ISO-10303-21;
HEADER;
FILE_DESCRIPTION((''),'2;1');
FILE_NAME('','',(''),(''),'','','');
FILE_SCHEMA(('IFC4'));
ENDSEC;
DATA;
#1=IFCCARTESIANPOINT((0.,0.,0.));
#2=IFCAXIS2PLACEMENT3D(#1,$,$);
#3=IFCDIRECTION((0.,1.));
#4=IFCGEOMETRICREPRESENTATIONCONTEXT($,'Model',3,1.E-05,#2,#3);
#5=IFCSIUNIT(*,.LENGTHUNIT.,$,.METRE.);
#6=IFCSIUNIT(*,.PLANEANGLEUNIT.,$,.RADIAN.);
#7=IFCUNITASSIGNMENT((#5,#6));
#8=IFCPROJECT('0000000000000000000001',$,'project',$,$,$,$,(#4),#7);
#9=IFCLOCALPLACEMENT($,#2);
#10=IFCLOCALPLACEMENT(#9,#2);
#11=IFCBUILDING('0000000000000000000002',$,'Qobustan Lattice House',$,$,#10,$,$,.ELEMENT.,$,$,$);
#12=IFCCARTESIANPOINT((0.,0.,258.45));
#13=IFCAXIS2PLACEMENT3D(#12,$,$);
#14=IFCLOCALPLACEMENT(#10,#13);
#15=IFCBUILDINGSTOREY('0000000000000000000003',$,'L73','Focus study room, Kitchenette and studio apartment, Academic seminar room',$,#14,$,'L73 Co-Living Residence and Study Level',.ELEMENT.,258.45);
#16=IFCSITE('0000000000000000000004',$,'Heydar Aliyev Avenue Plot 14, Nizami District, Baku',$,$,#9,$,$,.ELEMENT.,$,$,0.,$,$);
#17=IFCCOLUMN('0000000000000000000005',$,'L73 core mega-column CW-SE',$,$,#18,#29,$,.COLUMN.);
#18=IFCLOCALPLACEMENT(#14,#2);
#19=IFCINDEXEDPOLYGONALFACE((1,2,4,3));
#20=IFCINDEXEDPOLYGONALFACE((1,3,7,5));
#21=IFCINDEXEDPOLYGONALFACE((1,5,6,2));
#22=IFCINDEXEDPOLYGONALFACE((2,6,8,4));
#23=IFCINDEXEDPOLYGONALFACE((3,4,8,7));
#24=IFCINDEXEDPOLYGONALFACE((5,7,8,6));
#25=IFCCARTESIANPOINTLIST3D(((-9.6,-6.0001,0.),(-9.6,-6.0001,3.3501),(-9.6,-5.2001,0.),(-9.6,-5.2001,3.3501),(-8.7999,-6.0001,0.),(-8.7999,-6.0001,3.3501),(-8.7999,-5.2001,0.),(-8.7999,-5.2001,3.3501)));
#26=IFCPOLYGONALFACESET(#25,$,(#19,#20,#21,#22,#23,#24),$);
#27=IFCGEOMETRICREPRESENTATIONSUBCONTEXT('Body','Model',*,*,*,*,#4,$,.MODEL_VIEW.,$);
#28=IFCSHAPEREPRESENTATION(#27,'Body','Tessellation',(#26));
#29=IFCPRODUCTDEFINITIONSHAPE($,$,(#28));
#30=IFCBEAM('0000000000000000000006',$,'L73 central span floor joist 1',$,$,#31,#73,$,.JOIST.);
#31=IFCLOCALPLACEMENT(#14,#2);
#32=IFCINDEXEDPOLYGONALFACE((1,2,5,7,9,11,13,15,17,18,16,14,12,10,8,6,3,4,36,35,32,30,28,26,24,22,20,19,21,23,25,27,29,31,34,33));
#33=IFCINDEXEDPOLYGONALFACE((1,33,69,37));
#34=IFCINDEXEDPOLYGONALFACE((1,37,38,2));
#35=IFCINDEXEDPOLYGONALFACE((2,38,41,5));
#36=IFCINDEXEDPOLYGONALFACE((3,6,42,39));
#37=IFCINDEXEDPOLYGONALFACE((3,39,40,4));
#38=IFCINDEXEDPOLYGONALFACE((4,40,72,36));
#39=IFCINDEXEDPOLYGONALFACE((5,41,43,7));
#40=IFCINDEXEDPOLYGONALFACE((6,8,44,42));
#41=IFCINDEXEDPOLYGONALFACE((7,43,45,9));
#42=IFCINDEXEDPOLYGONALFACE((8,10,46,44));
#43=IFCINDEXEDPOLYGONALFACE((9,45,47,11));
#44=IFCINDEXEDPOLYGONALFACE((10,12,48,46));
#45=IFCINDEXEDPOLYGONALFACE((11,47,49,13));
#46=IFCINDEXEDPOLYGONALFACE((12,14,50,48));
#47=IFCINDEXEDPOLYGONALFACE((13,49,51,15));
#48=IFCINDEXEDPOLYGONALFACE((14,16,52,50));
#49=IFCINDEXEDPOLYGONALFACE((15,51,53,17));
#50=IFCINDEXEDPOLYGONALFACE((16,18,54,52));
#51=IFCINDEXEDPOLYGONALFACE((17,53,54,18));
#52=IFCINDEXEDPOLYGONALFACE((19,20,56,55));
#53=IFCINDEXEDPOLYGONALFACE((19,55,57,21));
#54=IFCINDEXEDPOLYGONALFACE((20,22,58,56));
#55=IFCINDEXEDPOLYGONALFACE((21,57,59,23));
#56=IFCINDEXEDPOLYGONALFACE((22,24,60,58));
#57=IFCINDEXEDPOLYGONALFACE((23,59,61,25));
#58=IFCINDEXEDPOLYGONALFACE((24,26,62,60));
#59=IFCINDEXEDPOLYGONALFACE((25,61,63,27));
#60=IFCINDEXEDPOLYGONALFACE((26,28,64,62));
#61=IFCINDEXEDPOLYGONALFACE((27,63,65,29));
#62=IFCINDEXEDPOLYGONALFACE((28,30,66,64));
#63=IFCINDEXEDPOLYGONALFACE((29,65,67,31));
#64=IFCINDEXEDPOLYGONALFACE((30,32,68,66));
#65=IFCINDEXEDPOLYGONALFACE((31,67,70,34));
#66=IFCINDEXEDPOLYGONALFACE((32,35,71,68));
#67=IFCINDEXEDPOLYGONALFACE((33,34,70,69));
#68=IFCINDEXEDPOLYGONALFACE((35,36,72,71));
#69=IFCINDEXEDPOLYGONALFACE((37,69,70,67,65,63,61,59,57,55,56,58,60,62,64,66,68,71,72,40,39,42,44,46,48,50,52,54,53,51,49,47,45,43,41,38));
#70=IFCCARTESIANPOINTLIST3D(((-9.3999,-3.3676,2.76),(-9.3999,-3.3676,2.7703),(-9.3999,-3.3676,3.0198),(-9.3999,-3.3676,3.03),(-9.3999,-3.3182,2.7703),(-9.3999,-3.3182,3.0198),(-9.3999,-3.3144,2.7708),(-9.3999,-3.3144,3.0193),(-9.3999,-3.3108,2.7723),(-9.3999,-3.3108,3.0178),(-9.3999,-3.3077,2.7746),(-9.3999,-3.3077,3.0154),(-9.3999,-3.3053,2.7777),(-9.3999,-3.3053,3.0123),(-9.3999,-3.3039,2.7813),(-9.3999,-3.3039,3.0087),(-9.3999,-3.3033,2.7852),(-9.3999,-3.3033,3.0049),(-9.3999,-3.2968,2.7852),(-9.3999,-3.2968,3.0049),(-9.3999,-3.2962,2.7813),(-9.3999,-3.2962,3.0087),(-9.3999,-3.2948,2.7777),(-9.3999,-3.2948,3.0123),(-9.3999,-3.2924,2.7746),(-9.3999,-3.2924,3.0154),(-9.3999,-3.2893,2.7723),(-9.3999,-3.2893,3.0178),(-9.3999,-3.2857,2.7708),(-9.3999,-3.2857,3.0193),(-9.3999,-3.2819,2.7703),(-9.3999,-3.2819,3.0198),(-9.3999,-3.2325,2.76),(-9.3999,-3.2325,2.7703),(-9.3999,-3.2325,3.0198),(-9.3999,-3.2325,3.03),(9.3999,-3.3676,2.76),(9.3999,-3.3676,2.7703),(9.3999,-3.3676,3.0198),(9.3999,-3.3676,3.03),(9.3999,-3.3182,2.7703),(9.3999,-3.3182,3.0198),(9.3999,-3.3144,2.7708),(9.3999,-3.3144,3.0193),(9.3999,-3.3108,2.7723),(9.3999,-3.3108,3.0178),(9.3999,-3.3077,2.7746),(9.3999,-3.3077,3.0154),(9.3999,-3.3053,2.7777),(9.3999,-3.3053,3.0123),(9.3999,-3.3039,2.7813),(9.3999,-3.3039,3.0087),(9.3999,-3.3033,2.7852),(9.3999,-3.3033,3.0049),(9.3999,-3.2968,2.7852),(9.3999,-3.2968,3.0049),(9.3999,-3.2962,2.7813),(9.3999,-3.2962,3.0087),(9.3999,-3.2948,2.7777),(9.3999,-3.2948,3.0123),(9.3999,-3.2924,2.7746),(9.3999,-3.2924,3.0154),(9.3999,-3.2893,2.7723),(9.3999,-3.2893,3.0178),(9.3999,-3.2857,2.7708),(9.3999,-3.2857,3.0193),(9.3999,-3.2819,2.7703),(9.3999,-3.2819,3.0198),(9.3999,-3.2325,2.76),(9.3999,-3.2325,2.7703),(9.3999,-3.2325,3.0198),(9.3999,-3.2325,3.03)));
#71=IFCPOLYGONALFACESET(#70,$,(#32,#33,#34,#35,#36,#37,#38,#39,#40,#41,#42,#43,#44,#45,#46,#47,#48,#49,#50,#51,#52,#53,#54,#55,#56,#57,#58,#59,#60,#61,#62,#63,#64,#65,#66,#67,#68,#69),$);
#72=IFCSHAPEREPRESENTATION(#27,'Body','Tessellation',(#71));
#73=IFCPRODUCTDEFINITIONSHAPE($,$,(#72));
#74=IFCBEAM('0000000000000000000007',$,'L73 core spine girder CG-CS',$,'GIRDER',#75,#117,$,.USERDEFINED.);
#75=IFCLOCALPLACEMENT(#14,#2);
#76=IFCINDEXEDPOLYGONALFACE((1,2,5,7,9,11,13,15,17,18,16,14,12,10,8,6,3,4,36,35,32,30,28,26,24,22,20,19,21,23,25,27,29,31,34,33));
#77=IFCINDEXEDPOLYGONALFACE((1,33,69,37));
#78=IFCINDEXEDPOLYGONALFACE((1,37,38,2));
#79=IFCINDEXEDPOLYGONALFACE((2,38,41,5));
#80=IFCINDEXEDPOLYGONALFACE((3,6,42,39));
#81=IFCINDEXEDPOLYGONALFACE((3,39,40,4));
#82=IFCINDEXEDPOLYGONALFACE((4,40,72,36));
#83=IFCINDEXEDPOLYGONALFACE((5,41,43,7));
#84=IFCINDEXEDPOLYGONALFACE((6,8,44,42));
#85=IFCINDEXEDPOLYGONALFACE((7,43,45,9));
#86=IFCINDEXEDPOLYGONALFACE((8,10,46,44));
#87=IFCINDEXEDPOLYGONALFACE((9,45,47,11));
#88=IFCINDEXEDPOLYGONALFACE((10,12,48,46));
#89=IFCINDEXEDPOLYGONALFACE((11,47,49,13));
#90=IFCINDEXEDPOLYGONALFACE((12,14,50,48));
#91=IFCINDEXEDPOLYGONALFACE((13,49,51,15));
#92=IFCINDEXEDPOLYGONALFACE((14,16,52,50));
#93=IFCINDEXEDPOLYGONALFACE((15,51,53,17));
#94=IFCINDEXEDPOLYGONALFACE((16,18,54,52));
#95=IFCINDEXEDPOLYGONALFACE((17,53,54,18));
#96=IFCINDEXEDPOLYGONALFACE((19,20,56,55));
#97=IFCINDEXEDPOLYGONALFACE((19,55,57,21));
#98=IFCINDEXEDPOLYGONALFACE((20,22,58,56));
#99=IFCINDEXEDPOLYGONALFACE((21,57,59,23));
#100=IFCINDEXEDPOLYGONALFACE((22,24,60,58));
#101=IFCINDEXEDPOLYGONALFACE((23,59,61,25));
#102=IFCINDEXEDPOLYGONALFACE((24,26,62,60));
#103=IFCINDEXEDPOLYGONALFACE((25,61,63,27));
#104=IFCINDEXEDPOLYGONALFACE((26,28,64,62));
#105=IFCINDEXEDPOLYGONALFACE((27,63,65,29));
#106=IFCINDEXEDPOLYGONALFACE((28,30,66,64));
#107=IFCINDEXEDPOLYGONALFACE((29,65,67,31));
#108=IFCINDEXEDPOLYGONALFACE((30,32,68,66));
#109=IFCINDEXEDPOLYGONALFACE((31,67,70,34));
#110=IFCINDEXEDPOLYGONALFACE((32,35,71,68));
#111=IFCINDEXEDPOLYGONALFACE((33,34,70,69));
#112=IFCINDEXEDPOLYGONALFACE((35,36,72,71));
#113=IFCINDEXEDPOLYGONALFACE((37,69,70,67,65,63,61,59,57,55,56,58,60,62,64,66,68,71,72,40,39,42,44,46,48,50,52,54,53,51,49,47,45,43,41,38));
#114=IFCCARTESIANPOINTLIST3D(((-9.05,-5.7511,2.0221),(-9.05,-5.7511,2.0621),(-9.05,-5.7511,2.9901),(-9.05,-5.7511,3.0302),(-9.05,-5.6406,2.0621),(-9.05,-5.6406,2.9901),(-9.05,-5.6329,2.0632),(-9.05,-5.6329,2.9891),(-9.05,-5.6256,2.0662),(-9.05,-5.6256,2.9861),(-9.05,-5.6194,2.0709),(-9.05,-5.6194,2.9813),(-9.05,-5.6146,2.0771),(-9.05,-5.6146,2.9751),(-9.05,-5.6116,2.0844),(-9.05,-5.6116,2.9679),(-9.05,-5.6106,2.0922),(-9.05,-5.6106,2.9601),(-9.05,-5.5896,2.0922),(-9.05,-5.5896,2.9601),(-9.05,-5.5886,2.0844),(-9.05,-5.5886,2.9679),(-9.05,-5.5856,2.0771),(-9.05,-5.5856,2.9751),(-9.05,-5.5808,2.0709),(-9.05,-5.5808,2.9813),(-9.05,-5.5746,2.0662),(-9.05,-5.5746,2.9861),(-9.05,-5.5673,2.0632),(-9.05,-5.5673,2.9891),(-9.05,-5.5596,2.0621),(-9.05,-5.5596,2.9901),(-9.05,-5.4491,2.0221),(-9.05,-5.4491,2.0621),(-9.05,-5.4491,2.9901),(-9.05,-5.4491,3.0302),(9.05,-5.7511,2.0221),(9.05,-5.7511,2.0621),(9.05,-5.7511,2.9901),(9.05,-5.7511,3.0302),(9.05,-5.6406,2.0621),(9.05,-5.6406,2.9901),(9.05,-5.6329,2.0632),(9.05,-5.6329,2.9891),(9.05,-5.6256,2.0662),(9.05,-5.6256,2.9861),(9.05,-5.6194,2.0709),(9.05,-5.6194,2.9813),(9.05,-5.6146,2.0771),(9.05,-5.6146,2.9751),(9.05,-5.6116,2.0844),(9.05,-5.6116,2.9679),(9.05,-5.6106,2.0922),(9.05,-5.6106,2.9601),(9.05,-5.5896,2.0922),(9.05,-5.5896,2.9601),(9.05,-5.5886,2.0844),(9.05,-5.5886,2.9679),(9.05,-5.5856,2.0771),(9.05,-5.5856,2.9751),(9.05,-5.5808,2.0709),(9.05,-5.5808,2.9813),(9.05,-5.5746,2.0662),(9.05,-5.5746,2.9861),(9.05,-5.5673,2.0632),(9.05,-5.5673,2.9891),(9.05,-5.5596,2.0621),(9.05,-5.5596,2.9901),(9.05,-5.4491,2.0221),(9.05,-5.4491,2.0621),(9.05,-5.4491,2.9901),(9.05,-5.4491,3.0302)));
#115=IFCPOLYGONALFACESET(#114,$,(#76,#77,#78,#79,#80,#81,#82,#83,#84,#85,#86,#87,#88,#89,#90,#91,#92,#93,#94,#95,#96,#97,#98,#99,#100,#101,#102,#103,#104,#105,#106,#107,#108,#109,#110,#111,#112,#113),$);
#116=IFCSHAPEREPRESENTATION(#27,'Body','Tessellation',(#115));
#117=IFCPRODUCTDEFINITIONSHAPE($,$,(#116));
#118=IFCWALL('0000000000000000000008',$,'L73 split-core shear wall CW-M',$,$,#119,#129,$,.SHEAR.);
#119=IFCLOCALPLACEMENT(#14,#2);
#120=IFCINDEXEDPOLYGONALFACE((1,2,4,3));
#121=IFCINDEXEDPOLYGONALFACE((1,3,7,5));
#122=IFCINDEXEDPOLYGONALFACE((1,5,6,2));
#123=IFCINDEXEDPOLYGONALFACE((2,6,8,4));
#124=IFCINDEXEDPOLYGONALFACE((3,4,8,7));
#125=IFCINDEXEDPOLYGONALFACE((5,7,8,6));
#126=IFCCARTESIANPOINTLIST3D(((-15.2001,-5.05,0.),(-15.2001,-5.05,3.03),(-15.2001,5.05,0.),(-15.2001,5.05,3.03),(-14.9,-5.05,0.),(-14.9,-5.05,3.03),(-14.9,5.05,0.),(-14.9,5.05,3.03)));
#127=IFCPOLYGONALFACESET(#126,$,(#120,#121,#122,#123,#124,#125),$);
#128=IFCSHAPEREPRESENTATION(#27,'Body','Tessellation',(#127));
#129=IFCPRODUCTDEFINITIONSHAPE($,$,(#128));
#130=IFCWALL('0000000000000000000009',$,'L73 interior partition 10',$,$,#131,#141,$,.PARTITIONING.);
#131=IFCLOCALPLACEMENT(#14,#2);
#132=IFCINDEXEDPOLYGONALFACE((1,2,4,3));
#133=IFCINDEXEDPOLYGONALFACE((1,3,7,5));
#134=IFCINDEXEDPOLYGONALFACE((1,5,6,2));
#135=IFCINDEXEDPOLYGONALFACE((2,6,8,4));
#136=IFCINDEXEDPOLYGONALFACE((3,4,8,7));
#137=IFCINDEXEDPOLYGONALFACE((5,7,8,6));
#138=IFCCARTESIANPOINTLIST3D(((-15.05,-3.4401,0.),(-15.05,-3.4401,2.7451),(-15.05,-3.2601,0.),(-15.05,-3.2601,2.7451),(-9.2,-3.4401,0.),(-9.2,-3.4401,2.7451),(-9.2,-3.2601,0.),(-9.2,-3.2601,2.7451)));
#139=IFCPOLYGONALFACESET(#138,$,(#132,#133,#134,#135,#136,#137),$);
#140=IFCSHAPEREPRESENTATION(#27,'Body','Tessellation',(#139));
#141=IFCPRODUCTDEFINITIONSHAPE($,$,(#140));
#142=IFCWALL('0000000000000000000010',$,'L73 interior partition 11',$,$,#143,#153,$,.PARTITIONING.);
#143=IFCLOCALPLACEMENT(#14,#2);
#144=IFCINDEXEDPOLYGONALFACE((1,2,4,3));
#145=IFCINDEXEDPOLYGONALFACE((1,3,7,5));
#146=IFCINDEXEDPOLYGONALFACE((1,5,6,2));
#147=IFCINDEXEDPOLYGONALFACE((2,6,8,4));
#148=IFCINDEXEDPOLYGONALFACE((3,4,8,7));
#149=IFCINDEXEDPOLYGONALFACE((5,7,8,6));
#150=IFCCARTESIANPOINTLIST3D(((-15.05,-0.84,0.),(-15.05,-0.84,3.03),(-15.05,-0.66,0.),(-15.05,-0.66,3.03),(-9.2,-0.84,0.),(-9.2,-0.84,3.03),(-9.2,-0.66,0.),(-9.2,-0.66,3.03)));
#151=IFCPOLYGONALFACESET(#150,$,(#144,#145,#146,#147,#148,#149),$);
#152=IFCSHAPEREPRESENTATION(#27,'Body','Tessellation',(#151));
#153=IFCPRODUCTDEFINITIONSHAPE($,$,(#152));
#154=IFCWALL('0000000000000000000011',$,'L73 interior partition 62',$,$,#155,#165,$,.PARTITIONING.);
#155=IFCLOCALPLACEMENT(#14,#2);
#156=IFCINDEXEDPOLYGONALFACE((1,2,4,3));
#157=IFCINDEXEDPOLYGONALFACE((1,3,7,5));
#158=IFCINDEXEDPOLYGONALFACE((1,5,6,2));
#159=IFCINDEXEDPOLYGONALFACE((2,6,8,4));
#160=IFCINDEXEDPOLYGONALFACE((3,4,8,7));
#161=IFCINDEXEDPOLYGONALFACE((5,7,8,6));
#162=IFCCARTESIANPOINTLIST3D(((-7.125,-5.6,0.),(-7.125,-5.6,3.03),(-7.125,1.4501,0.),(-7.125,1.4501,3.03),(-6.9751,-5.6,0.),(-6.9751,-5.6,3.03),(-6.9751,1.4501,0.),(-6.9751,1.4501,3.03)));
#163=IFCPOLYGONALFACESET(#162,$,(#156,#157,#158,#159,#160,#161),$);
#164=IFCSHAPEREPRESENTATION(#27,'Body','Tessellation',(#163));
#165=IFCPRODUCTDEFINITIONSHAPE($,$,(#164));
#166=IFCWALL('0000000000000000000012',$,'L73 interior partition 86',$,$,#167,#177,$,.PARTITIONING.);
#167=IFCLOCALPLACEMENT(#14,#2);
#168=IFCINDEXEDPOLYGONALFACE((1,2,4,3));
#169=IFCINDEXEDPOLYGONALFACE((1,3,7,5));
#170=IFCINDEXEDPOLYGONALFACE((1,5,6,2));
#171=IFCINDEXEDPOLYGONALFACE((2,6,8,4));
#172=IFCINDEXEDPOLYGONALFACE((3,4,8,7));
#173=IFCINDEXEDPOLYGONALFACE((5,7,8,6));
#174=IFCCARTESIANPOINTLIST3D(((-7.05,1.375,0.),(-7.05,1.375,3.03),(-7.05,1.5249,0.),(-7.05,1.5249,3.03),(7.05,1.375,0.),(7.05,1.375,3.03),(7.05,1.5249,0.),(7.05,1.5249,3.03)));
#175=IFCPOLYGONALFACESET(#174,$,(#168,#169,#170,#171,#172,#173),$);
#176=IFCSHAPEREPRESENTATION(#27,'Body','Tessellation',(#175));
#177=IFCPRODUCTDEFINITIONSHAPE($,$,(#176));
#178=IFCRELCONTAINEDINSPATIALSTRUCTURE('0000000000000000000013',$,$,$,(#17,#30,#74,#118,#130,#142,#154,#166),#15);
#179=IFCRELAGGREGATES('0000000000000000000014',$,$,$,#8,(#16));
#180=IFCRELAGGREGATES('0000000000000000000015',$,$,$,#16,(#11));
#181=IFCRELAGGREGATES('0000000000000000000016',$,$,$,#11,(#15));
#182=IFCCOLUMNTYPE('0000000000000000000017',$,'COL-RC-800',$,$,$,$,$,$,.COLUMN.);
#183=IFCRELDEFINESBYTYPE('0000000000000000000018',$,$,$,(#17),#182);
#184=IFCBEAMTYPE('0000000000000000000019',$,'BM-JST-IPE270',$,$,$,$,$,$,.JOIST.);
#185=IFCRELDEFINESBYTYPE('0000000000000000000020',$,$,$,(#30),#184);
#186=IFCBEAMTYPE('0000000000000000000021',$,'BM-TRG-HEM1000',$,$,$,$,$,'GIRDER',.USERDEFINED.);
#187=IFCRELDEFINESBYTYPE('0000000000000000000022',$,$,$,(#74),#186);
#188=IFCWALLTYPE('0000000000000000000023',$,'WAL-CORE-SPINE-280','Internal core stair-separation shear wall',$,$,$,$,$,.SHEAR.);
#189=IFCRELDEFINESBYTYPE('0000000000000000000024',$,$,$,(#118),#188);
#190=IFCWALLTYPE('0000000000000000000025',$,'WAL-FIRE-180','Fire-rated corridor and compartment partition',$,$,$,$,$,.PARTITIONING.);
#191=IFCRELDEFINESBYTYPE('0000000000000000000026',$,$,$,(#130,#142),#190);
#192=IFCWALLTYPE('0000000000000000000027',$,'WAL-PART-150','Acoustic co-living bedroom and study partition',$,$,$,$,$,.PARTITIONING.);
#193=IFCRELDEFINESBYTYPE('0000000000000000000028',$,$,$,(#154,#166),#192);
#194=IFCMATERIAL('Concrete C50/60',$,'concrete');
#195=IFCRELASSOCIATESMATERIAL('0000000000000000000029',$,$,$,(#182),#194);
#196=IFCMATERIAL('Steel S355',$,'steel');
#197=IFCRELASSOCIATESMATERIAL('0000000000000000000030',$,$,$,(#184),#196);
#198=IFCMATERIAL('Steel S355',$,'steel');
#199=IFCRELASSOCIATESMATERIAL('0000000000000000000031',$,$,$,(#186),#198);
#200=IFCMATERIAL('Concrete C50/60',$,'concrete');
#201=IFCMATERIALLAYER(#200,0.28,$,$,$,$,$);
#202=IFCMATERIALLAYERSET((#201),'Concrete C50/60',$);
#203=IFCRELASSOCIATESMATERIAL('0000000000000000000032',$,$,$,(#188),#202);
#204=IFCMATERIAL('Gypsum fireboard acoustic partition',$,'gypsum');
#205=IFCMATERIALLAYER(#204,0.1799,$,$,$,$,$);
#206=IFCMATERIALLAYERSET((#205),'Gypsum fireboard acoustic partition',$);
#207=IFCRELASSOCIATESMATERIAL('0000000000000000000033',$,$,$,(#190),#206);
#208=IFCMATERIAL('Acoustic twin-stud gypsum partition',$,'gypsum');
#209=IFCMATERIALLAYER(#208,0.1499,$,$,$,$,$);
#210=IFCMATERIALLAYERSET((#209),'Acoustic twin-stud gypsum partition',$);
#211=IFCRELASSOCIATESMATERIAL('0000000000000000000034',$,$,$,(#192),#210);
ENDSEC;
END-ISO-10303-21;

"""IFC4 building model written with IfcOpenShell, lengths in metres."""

from ifc_helpers import new_model, si_unit, direction, frame, frame_2d, origin, origin_2d, place, context, subcontext, project, spatial, rectangle, i_section, extrude, material, layer, layer_set, material_profile, profile_set, type_object, element, save


model = new_model("IFC4")

# Units and contexts
model_context = context("Model", 3, precision=1e-05, world=origin(), true_north=direction((0.0, 1.0)))
body_context = subcontext(model_context, "Body", "Model", "MODEL_VIEW")
ifc_project = project(units=[si_unit("LENGTHUNIT", "METRE"), si_unit("PLANEANGLEUNIT", "RADIAN")], contexts=[model_context])

# Site, building, storey
site_placement = place(None, origin())
site = spatial("IfcSite", under=ifc_project, at=site_placement, Name="Heydar Aliyev Avenue Plot 14, Nizami District, Baku", CompositionType="ELEMENT", RefElevation=0.0)
building_placement = place(site_placement, origin())
building = spatial("IfcBuilding", under=site, at=building_placement, Name="Qobustan Lattice House", CompositionType="ELEMENT")
storey_placement = place(building_placement, frame((0.0, 0.0, 258.45)))
storey = spatial("IfcBuildingStorey", under=building, at=storey_placement, Name="L73", Description="Focus study room, Kitchenette and studio apartment, Academic seminar room", LongName="L73 Co-Living Residence and Study Level", CompositionType="ELEMENT", Elevation=258.45)

# Column
ifc_material_1 = material(Name="Concrete C50/60", Category="concrete")
ifc_material_profile_1 = material_profile(ifc_material_1, rectangle(XDim=0.8, YDim=0.8, at=origin_2d()), Name="RC800x800")
ifc_profile_set_1 = profile_set([ifc_material_profile_1], Name="Concrete C50/60")
column_type = type_object("IfcColumnType", Name="COL-RC-800", PredefinedType="COLUMN", material=ifc_profile_set_1)
column_placement = place(storey_placement, frame((-9.2, -5.6001, 0.0), z_axis=(0.0, 0.0, 1.0), x_axis=(1.0, 0.0, 0.0)))
element("IfcColumn", 1, at=column_placement, inside=storey, type_object=column_type, Name="L73 core mega-column CW-SE", PredefinedType="COLUMN", context=body_context, shape_type="SweptSolid", body=[
    extrude(rectangle(XDim=0.8, YDim=0.8, at=origin_2d()), origin(), (0.0, 0.0, 1.0), 3.3501),
])

# Beams
ifc_material_2 = material(Name="Steel S355", Category="steel")
ifc_material_profile_2 = material_profile(ifc_material_2, i_section(OverallWidth=0.135, OverallDepth=0.27, WebThickness=0.0066, FlangeThickness=0.0103, FilletRadius=0.0149, at=origin_2d()), Name="IPE270")
ifc_profile_set_2 = profile_set([ifc_material_profile_2], Name="Steel S355")
beam_type_1 = type_object("IfcBeamType", Name="BM-JST-IPE270", PredefinedType="JOIST", material=ifc_profile_set_2)
beam_1_placement = place(storey_placement, frame((-9.3999, -3.3, 2.895), z_axis=(1.0, 0.0, 0.0), x_axis=(0.0, 1.0, 0.0)))
element("IfcBeam", 2, at=beam_1_placement, inside=storey, type_object=beam_type_1, Name="L73 central span floor joist 1", PredefinedType="JOIST", context=body_context, shape_type="SweptSolid", body=[
    extrude(i_section(OverallWidth=0.135, OverallDepth=0.27, WebThickness=0.0066, FlangeThickness=0.0103, FilletRadius=0.0149, at=origin_2d()), origin(), (0.0, 0.0, 1.0), 18.7998),
])
ifc_material_3 = material(Name="Steel S355", Category="steel")
ifc_material_profile_3 = material_profile(ifc_material_3, i_section(OverallWidth=0.302, OverallDepth=1.0081, WebThickness=0.021, FlangeThickness=0.04, FilletRadius=0.03, at=origin_2d()), Name="HEM1000")
ifc_profile_set_3 = profile_set([ifc_material_profile_3], Name="Steel S355")
beam_type_2 = type_object("IfcBeamType", Name="BM-TRG-HEM1000", ElementType="GIRDER", PredefinedType="USERDEFINED", material=ifc_profile_set_3)
beam_2_placement = place(storey_placement, frame((-9.05, -5.6001, 2.5261), z_axis=(1.0, 0.0, 0.0), x_axis=(0.0, 1.0, 0.0)))
element("IfcBeam", 3, at=beam_2_placement, inside=storey, type_object=beam_type_2, Name="L73 core spine girder CG-CS", ObjectType="GIRDER", PredefinedType="USERDEFINED", context=body_context, shape_type="SweptSolid", body=[
    extrude(i_section(OverallWidth=0.302, OverallDepth=1.0081, WebThickness=0.021, FlangeThickness=0.04, FilletRadius=0.03, at=origin_2d()), origin(), (0.0, 0.0, 1.0), 18.1001),
])

# Walls
ifc_material_4 = material(Name="Concrete C50/60", Category="concrete")
ifc_layer_1 = layer(ifc_material_4, 0.28)
ifc_layer_set_1 = layer_set([ifc_layer_1], Name="Concrete C50/60")
wall_type_1 = type_object("IfcWallType", Name="WAL-CORE-SPINE-280", Description="Internal core stair-separation shear wall", PredefinedType="SHEAR", material=ifc_layer_set_1)
wall_1_placement = place(storey_placement, frame((-15.05, -5.05, 0.0), z_axis=(0.0, 0.0, 1.0), x_axis=(0.0, 1.0, 0.0)))
element("IfcWall", 4, at=wall_1_placement, inside=storey, type_object=wall_type_1, Name="L73 split-core shear wall CW-M", PredefinedType="SHEAR", context=body_context, shape_type="SweptSolid", body=[
    extrude(rectangle(XDim=10.1001, YDim=0.3, at=frame_2d((5.05, 0.0))), origin(), (0.0, 0.0, 1.0), 3.03),
])
ifc_material_5 = material(Name="Gypsum fireboard acoustic partition", Category="gypsum")
ifc_layer_2 = layer(ifc_material_5, 0.1799)
ifc_layer_set_2 = layer_set([ifc_layer_2], Name="Gypsum fireboard acoustic partition")
wall_type_2 = type_object("IfcWallType", Name="WAL-FIRE-180", Description="Fire-rated corridor and compartment partition", PredefinedType="PARTITIONING", material=ifc_layer_set_2)
wall_2_placement = place(storey_placement, frame((-15.05, -3.3501, 0.0), z_axis=(0.0, 0.0, 1.0), x_axis=(1.0, 0.0, 0.0)))
element("IfcWall", 5, at=wall_2_placement, inside=storey, type_object=wall_type_2, Name="L73 interior partition 10", PredefinedType="PARTITIONING", context=body_context, shape_type="SweptSolid", body=[
    extrude(rectangle(XDim=5.8501, YDim=0.1799, at=frame_2d((2.925, 0.0))), origin(), (0.0, 0.0, 1.0), 2.7451),
])
wall_3_placement = place(storey_placement, frame((-9.2, -0.75, 0.0), z_axis=(0.0, 0.0, 1.0), x_axis=(-1.0, 0.0, 0.0)))
element("IfcWall", 6, at=wall_3_placement, inside=storey, type_object=wall_type_2, Name="L73 interior partition 11", PredefinedType="PARTITIONING", context=body_context, shape_type="SweptSolid", body=[
    extrude(rectangle(XDim=5.8501, YDim=0.1799, at=frame_2d((2.925, 0.0))), origin(), (0.0, 0.0, 1.0), 3.03),
])

# Shared definitions
ifc_material_6 = material(Name="Acoustic twin-stud gypsum partition", Category="gypsum")
ifc_layer_3 = layer(ifc_material_6, 0.1499)
ifc_layer_set_3 = layer_set([ifc_layer_3], Name="Acoustic twin-stud gypsum partition")
wall_type_3 = type_object("IfcWallType", Name="WAL-PART-150", Description="Acoustic co-living bedroom and study partition", PredefinedType="PARTITIONING", material=ifc_layer_set_3)

# Walls
wall_4_placement = place(storey_placement, frame((-7.05, 1.45, 0.0), z_axis=(0.0, 0.0, 1.0), x_axis=(0.0, -1.0, 0.0)))
element("IfcWall", 7, at=wall_4_placement, inside=storey, type_object=wall_type_3, Name="L73 interior partition 62", PredefinedType="PARTITIONING", context=body_context, shape_type="SweptSolid", body=[
    extrude(rectangle(XDim=7.05, YDim=0.1499, at=frame_2d((3.5249, 0.0))), origin(), (0.0, 0.0, 1.0), 3.03),
])
wall_5_placement = place(storey_placement, frame((-7.05, 1.45, 0.0), z_axis=(0.0, 0.0, 1.0), x_axis=(1.0, 0.0, 0.0)))
element("IfcWall", 8, at=wall_5_placement, inside=storey, type_object=wall_type_3, Name="L73 interior partition 86", PredefinedType="PARTITIONING", context=body_context, shape_type="SweptSolid", body=[
    extrude(rectangle(XDim=14.1001, YDim=0.1499, at=frame_2d((7.05, 0.0))), origin(), (0.0, 0.0, 1.0), 3.03),
])

save(model, "model.ifc")
